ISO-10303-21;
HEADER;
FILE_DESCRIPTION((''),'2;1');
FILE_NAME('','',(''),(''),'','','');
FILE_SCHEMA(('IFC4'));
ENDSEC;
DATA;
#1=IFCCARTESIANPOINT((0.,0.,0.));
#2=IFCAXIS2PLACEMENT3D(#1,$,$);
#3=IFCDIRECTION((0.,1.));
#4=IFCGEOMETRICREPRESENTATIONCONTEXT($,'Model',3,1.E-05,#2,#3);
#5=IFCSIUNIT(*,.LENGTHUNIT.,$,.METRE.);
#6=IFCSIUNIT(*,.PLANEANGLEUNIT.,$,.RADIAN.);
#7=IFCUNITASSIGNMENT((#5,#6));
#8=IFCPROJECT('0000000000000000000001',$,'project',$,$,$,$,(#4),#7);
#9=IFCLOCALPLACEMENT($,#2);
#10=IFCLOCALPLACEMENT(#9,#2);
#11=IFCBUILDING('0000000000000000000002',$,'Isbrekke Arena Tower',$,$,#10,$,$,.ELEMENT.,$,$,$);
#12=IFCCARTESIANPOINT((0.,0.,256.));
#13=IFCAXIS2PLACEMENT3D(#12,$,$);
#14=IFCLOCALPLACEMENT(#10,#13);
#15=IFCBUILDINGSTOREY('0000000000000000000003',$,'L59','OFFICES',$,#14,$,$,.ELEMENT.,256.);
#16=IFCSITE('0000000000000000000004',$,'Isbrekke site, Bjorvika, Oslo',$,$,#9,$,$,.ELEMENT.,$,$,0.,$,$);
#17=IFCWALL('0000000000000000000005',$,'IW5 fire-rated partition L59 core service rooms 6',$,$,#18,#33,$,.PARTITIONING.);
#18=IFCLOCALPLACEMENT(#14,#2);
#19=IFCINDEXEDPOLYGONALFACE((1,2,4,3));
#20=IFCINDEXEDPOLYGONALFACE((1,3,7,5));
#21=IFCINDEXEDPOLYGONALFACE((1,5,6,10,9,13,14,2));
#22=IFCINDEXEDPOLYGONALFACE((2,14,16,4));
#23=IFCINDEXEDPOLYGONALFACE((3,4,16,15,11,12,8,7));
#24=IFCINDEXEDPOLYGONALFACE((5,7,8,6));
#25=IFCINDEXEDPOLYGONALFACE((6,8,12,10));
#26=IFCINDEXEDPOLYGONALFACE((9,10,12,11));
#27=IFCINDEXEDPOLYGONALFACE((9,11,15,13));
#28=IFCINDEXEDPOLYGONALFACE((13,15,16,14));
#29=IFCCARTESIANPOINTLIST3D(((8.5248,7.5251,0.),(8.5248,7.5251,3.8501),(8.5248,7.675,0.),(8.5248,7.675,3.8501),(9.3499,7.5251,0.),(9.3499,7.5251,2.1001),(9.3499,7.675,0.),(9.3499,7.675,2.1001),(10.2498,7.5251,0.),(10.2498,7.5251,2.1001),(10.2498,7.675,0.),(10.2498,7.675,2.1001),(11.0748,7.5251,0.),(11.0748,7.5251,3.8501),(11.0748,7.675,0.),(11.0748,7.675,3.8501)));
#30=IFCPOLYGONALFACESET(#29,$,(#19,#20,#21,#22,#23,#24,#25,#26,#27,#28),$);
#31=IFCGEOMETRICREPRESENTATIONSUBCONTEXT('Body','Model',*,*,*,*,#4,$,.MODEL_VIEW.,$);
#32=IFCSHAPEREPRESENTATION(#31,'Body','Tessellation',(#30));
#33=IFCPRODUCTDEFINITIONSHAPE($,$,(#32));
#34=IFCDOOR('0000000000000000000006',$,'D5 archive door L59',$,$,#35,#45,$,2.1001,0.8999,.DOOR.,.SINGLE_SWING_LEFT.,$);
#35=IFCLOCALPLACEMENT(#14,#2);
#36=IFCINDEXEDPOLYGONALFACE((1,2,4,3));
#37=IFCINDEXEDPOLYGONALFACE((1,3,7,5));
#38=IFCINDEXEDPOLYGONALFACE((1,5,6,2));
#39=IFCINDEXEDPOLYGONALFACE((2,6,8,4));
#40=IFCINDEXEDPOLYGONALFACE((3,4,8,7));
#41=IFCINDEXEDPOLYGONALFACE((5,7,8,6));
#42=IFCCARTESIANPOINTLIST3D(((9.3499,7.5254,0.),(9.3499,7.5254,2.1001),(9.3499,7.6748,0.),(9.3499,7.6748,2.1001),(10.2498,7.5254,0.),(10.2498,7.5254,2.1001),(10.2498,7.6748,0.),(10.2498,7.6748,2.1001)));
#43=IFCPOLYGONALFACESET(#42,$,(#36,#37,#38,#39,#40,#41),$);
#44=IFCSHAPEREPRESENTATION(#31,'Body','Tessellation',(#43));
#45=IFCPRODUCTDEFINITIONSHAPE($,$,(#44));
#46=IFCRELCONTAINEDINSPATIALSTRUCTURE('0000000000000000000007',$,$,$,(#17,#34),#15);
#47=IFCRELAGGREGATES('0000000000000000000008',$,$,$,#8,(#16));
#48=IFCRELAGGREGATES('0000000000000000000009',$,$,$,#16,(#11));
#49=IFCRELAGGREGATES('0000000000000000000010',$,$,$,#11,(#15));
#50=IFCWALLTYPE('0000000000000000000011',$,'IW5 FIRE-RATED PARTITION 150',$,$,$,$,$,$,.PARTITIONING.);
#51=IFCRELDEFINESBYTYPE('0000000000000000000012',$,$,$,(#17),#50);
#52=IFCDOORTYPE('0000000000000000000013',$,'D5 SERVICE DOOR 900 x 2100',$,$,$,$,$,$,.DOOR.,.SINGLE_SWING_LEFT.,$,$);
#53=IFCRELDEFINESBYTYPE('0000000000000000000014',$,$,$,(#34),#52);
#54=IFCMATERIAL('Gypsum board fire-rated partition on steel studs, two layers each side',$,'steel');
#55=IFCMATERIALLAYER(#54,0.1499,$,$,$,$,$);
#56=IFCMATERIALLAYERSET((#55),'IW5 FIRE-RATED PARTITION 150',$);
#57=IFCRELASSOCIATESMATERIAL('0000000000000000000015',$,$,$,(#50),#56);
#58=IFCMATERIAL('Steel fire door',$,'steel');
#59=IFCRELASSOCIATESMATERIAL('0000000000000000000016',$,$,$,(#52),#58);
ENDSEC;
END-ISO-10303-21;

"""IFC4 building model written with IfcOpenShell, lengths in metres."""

from ifc_helpers import new_model, si_unit, direction, frame, frame_2d, origin, place, context, subcontext, project, spatial, rectangle, extrude, material, layer, layer_set, type_object, element, fill, save


model = new_model("IFC4")

# Units and contexts
model_context = context("Model", 3, precision=1e-05, world=origin(), true_north=direction((0.0, 1.0)))
body_context = subcontext(model_context, "Body", "Model", "MODEL_VIEW")
ifc_project = project(units=[si_unit("LENGTHUNIT", "METRE"), si_unit("PLANEANGLEUNIT", "RADIAN")], contexts=[model_context])

# Site, building, storey
site_placement = place(None, origin())
site = spatial("IfcSite", under=ifc_project, at=site_placement, Name="Isbrekke site, Bjorvika, Oslo", CompositionType="ELEMENT", RefElevation=0.0)
building_placement = place(site_placement, origin())
building = spatial("IfcBuilding", under=site, at=building_placement, Name="Isbrekke Arena Tower", CompositionType="ELEMENT")
storey_placement = place(building_placement, frame((0.0, 0.0, 256.0)))
storey = spatial("IfcBuildingStorey", under=building, at=storey_placement, Name="L59", Description="OFFICES", CompositionType="ELEMENT", Elevation=256.0)

# Wall, opening, door
ifc_material_1 = material(Name="Gypsum board fire-rated partition on steel studs, two layers each side", Category="steel")
ifc_layer_1 = layer(ifc_material_1, 0.1499)
ifc_layer_set_1 = layer_set([ifc_layer_1], Name="IW5 FIRE-RATED PARTITION 150")
wall_type_1 = type_object("IfcWallType", Name="IW5 FIRE-RATED PARTITION 150", PredefinedType="PARTITIONING", material=ifc_layer_set_1)
wall_1_placement = place(storey_placement, frame((8.5249, 7.6001, 0.0), z_axis=(0.0, 0.0, 1.0), x_axis=(1.0, 0.0, 0.0)))
wall_1 = element("IfcWall", 1, at=wall_1_placement, inside=storey, type_object=wall_type_1, Name="IW5 fire-rated partition L59 core service rooms 6", PredefinedType="PARTITIONING", context=body_context, shape_type="SweptSolid", body=[
    extrude(rectangle(XDim=2.55, YDim=0.1499, at=frame_2d((1.2749, 0.0))), origin(), (0.0, 0.0, 1.0), 3.8501),
])
opening_1_placement = place(wall_1_placement, frame((0.825, 0.0, 0.0)))
opening_1 = element("IfcOpeningElement", 2, at=opening_1_placement, cuts=wall_1, PredefinedType="OPENING", context=body_context, shape_type="SweptSolid", body=[
    extrude(rectangle(XDim=0.8999, YDim=2.1001, at=frame_2d((0.45, 1.05))), frame((0.0, 0.0898, 0.0), z_axis=(0.0, -1.0, 0.0), x_axis=(1.0, 0.0, 0.0)), (0.0, 0.0, 1.0), 0.1797),
])
ifc_material_2 = material(Name="Steel fire door", Category="steel")
door_type_1 = type_object("IfcDoorType", Name="D5 SERVICE DOOR 900 x 2100", OperationType="SINGLE_SWING_LEFT", PredefinedType="DOOR", material=ifc_material_2)
door_1_placement = place(opening_1_placement, origin())
door_1 = element("IfcDoor", 3, at=door_1_placement, inside=storey, type_object=door_type_1, Name="D5 archive door L59", OperationType="SINGLE_SWING_LEFT", OverallHeight=2.1001, OverallWidth=0.8999, PredefinedType="DOOR", context=body_context, shape_type="SweptSolid", body=[
    extrude(rectangle(XDim=0.8999, YDim=2.1001, at=frame_2d((0.45, 1.05))), frame((0.0, 0.0747, 0.0), z_axis=(0.0, -1.0, 0.0), x_axis=(1.0, 0.0, 0.0)), (0.0, 0.0, 1.0), 0.1494),
])
fill(opening_1, door_1)

save(model, "model.ifc")
